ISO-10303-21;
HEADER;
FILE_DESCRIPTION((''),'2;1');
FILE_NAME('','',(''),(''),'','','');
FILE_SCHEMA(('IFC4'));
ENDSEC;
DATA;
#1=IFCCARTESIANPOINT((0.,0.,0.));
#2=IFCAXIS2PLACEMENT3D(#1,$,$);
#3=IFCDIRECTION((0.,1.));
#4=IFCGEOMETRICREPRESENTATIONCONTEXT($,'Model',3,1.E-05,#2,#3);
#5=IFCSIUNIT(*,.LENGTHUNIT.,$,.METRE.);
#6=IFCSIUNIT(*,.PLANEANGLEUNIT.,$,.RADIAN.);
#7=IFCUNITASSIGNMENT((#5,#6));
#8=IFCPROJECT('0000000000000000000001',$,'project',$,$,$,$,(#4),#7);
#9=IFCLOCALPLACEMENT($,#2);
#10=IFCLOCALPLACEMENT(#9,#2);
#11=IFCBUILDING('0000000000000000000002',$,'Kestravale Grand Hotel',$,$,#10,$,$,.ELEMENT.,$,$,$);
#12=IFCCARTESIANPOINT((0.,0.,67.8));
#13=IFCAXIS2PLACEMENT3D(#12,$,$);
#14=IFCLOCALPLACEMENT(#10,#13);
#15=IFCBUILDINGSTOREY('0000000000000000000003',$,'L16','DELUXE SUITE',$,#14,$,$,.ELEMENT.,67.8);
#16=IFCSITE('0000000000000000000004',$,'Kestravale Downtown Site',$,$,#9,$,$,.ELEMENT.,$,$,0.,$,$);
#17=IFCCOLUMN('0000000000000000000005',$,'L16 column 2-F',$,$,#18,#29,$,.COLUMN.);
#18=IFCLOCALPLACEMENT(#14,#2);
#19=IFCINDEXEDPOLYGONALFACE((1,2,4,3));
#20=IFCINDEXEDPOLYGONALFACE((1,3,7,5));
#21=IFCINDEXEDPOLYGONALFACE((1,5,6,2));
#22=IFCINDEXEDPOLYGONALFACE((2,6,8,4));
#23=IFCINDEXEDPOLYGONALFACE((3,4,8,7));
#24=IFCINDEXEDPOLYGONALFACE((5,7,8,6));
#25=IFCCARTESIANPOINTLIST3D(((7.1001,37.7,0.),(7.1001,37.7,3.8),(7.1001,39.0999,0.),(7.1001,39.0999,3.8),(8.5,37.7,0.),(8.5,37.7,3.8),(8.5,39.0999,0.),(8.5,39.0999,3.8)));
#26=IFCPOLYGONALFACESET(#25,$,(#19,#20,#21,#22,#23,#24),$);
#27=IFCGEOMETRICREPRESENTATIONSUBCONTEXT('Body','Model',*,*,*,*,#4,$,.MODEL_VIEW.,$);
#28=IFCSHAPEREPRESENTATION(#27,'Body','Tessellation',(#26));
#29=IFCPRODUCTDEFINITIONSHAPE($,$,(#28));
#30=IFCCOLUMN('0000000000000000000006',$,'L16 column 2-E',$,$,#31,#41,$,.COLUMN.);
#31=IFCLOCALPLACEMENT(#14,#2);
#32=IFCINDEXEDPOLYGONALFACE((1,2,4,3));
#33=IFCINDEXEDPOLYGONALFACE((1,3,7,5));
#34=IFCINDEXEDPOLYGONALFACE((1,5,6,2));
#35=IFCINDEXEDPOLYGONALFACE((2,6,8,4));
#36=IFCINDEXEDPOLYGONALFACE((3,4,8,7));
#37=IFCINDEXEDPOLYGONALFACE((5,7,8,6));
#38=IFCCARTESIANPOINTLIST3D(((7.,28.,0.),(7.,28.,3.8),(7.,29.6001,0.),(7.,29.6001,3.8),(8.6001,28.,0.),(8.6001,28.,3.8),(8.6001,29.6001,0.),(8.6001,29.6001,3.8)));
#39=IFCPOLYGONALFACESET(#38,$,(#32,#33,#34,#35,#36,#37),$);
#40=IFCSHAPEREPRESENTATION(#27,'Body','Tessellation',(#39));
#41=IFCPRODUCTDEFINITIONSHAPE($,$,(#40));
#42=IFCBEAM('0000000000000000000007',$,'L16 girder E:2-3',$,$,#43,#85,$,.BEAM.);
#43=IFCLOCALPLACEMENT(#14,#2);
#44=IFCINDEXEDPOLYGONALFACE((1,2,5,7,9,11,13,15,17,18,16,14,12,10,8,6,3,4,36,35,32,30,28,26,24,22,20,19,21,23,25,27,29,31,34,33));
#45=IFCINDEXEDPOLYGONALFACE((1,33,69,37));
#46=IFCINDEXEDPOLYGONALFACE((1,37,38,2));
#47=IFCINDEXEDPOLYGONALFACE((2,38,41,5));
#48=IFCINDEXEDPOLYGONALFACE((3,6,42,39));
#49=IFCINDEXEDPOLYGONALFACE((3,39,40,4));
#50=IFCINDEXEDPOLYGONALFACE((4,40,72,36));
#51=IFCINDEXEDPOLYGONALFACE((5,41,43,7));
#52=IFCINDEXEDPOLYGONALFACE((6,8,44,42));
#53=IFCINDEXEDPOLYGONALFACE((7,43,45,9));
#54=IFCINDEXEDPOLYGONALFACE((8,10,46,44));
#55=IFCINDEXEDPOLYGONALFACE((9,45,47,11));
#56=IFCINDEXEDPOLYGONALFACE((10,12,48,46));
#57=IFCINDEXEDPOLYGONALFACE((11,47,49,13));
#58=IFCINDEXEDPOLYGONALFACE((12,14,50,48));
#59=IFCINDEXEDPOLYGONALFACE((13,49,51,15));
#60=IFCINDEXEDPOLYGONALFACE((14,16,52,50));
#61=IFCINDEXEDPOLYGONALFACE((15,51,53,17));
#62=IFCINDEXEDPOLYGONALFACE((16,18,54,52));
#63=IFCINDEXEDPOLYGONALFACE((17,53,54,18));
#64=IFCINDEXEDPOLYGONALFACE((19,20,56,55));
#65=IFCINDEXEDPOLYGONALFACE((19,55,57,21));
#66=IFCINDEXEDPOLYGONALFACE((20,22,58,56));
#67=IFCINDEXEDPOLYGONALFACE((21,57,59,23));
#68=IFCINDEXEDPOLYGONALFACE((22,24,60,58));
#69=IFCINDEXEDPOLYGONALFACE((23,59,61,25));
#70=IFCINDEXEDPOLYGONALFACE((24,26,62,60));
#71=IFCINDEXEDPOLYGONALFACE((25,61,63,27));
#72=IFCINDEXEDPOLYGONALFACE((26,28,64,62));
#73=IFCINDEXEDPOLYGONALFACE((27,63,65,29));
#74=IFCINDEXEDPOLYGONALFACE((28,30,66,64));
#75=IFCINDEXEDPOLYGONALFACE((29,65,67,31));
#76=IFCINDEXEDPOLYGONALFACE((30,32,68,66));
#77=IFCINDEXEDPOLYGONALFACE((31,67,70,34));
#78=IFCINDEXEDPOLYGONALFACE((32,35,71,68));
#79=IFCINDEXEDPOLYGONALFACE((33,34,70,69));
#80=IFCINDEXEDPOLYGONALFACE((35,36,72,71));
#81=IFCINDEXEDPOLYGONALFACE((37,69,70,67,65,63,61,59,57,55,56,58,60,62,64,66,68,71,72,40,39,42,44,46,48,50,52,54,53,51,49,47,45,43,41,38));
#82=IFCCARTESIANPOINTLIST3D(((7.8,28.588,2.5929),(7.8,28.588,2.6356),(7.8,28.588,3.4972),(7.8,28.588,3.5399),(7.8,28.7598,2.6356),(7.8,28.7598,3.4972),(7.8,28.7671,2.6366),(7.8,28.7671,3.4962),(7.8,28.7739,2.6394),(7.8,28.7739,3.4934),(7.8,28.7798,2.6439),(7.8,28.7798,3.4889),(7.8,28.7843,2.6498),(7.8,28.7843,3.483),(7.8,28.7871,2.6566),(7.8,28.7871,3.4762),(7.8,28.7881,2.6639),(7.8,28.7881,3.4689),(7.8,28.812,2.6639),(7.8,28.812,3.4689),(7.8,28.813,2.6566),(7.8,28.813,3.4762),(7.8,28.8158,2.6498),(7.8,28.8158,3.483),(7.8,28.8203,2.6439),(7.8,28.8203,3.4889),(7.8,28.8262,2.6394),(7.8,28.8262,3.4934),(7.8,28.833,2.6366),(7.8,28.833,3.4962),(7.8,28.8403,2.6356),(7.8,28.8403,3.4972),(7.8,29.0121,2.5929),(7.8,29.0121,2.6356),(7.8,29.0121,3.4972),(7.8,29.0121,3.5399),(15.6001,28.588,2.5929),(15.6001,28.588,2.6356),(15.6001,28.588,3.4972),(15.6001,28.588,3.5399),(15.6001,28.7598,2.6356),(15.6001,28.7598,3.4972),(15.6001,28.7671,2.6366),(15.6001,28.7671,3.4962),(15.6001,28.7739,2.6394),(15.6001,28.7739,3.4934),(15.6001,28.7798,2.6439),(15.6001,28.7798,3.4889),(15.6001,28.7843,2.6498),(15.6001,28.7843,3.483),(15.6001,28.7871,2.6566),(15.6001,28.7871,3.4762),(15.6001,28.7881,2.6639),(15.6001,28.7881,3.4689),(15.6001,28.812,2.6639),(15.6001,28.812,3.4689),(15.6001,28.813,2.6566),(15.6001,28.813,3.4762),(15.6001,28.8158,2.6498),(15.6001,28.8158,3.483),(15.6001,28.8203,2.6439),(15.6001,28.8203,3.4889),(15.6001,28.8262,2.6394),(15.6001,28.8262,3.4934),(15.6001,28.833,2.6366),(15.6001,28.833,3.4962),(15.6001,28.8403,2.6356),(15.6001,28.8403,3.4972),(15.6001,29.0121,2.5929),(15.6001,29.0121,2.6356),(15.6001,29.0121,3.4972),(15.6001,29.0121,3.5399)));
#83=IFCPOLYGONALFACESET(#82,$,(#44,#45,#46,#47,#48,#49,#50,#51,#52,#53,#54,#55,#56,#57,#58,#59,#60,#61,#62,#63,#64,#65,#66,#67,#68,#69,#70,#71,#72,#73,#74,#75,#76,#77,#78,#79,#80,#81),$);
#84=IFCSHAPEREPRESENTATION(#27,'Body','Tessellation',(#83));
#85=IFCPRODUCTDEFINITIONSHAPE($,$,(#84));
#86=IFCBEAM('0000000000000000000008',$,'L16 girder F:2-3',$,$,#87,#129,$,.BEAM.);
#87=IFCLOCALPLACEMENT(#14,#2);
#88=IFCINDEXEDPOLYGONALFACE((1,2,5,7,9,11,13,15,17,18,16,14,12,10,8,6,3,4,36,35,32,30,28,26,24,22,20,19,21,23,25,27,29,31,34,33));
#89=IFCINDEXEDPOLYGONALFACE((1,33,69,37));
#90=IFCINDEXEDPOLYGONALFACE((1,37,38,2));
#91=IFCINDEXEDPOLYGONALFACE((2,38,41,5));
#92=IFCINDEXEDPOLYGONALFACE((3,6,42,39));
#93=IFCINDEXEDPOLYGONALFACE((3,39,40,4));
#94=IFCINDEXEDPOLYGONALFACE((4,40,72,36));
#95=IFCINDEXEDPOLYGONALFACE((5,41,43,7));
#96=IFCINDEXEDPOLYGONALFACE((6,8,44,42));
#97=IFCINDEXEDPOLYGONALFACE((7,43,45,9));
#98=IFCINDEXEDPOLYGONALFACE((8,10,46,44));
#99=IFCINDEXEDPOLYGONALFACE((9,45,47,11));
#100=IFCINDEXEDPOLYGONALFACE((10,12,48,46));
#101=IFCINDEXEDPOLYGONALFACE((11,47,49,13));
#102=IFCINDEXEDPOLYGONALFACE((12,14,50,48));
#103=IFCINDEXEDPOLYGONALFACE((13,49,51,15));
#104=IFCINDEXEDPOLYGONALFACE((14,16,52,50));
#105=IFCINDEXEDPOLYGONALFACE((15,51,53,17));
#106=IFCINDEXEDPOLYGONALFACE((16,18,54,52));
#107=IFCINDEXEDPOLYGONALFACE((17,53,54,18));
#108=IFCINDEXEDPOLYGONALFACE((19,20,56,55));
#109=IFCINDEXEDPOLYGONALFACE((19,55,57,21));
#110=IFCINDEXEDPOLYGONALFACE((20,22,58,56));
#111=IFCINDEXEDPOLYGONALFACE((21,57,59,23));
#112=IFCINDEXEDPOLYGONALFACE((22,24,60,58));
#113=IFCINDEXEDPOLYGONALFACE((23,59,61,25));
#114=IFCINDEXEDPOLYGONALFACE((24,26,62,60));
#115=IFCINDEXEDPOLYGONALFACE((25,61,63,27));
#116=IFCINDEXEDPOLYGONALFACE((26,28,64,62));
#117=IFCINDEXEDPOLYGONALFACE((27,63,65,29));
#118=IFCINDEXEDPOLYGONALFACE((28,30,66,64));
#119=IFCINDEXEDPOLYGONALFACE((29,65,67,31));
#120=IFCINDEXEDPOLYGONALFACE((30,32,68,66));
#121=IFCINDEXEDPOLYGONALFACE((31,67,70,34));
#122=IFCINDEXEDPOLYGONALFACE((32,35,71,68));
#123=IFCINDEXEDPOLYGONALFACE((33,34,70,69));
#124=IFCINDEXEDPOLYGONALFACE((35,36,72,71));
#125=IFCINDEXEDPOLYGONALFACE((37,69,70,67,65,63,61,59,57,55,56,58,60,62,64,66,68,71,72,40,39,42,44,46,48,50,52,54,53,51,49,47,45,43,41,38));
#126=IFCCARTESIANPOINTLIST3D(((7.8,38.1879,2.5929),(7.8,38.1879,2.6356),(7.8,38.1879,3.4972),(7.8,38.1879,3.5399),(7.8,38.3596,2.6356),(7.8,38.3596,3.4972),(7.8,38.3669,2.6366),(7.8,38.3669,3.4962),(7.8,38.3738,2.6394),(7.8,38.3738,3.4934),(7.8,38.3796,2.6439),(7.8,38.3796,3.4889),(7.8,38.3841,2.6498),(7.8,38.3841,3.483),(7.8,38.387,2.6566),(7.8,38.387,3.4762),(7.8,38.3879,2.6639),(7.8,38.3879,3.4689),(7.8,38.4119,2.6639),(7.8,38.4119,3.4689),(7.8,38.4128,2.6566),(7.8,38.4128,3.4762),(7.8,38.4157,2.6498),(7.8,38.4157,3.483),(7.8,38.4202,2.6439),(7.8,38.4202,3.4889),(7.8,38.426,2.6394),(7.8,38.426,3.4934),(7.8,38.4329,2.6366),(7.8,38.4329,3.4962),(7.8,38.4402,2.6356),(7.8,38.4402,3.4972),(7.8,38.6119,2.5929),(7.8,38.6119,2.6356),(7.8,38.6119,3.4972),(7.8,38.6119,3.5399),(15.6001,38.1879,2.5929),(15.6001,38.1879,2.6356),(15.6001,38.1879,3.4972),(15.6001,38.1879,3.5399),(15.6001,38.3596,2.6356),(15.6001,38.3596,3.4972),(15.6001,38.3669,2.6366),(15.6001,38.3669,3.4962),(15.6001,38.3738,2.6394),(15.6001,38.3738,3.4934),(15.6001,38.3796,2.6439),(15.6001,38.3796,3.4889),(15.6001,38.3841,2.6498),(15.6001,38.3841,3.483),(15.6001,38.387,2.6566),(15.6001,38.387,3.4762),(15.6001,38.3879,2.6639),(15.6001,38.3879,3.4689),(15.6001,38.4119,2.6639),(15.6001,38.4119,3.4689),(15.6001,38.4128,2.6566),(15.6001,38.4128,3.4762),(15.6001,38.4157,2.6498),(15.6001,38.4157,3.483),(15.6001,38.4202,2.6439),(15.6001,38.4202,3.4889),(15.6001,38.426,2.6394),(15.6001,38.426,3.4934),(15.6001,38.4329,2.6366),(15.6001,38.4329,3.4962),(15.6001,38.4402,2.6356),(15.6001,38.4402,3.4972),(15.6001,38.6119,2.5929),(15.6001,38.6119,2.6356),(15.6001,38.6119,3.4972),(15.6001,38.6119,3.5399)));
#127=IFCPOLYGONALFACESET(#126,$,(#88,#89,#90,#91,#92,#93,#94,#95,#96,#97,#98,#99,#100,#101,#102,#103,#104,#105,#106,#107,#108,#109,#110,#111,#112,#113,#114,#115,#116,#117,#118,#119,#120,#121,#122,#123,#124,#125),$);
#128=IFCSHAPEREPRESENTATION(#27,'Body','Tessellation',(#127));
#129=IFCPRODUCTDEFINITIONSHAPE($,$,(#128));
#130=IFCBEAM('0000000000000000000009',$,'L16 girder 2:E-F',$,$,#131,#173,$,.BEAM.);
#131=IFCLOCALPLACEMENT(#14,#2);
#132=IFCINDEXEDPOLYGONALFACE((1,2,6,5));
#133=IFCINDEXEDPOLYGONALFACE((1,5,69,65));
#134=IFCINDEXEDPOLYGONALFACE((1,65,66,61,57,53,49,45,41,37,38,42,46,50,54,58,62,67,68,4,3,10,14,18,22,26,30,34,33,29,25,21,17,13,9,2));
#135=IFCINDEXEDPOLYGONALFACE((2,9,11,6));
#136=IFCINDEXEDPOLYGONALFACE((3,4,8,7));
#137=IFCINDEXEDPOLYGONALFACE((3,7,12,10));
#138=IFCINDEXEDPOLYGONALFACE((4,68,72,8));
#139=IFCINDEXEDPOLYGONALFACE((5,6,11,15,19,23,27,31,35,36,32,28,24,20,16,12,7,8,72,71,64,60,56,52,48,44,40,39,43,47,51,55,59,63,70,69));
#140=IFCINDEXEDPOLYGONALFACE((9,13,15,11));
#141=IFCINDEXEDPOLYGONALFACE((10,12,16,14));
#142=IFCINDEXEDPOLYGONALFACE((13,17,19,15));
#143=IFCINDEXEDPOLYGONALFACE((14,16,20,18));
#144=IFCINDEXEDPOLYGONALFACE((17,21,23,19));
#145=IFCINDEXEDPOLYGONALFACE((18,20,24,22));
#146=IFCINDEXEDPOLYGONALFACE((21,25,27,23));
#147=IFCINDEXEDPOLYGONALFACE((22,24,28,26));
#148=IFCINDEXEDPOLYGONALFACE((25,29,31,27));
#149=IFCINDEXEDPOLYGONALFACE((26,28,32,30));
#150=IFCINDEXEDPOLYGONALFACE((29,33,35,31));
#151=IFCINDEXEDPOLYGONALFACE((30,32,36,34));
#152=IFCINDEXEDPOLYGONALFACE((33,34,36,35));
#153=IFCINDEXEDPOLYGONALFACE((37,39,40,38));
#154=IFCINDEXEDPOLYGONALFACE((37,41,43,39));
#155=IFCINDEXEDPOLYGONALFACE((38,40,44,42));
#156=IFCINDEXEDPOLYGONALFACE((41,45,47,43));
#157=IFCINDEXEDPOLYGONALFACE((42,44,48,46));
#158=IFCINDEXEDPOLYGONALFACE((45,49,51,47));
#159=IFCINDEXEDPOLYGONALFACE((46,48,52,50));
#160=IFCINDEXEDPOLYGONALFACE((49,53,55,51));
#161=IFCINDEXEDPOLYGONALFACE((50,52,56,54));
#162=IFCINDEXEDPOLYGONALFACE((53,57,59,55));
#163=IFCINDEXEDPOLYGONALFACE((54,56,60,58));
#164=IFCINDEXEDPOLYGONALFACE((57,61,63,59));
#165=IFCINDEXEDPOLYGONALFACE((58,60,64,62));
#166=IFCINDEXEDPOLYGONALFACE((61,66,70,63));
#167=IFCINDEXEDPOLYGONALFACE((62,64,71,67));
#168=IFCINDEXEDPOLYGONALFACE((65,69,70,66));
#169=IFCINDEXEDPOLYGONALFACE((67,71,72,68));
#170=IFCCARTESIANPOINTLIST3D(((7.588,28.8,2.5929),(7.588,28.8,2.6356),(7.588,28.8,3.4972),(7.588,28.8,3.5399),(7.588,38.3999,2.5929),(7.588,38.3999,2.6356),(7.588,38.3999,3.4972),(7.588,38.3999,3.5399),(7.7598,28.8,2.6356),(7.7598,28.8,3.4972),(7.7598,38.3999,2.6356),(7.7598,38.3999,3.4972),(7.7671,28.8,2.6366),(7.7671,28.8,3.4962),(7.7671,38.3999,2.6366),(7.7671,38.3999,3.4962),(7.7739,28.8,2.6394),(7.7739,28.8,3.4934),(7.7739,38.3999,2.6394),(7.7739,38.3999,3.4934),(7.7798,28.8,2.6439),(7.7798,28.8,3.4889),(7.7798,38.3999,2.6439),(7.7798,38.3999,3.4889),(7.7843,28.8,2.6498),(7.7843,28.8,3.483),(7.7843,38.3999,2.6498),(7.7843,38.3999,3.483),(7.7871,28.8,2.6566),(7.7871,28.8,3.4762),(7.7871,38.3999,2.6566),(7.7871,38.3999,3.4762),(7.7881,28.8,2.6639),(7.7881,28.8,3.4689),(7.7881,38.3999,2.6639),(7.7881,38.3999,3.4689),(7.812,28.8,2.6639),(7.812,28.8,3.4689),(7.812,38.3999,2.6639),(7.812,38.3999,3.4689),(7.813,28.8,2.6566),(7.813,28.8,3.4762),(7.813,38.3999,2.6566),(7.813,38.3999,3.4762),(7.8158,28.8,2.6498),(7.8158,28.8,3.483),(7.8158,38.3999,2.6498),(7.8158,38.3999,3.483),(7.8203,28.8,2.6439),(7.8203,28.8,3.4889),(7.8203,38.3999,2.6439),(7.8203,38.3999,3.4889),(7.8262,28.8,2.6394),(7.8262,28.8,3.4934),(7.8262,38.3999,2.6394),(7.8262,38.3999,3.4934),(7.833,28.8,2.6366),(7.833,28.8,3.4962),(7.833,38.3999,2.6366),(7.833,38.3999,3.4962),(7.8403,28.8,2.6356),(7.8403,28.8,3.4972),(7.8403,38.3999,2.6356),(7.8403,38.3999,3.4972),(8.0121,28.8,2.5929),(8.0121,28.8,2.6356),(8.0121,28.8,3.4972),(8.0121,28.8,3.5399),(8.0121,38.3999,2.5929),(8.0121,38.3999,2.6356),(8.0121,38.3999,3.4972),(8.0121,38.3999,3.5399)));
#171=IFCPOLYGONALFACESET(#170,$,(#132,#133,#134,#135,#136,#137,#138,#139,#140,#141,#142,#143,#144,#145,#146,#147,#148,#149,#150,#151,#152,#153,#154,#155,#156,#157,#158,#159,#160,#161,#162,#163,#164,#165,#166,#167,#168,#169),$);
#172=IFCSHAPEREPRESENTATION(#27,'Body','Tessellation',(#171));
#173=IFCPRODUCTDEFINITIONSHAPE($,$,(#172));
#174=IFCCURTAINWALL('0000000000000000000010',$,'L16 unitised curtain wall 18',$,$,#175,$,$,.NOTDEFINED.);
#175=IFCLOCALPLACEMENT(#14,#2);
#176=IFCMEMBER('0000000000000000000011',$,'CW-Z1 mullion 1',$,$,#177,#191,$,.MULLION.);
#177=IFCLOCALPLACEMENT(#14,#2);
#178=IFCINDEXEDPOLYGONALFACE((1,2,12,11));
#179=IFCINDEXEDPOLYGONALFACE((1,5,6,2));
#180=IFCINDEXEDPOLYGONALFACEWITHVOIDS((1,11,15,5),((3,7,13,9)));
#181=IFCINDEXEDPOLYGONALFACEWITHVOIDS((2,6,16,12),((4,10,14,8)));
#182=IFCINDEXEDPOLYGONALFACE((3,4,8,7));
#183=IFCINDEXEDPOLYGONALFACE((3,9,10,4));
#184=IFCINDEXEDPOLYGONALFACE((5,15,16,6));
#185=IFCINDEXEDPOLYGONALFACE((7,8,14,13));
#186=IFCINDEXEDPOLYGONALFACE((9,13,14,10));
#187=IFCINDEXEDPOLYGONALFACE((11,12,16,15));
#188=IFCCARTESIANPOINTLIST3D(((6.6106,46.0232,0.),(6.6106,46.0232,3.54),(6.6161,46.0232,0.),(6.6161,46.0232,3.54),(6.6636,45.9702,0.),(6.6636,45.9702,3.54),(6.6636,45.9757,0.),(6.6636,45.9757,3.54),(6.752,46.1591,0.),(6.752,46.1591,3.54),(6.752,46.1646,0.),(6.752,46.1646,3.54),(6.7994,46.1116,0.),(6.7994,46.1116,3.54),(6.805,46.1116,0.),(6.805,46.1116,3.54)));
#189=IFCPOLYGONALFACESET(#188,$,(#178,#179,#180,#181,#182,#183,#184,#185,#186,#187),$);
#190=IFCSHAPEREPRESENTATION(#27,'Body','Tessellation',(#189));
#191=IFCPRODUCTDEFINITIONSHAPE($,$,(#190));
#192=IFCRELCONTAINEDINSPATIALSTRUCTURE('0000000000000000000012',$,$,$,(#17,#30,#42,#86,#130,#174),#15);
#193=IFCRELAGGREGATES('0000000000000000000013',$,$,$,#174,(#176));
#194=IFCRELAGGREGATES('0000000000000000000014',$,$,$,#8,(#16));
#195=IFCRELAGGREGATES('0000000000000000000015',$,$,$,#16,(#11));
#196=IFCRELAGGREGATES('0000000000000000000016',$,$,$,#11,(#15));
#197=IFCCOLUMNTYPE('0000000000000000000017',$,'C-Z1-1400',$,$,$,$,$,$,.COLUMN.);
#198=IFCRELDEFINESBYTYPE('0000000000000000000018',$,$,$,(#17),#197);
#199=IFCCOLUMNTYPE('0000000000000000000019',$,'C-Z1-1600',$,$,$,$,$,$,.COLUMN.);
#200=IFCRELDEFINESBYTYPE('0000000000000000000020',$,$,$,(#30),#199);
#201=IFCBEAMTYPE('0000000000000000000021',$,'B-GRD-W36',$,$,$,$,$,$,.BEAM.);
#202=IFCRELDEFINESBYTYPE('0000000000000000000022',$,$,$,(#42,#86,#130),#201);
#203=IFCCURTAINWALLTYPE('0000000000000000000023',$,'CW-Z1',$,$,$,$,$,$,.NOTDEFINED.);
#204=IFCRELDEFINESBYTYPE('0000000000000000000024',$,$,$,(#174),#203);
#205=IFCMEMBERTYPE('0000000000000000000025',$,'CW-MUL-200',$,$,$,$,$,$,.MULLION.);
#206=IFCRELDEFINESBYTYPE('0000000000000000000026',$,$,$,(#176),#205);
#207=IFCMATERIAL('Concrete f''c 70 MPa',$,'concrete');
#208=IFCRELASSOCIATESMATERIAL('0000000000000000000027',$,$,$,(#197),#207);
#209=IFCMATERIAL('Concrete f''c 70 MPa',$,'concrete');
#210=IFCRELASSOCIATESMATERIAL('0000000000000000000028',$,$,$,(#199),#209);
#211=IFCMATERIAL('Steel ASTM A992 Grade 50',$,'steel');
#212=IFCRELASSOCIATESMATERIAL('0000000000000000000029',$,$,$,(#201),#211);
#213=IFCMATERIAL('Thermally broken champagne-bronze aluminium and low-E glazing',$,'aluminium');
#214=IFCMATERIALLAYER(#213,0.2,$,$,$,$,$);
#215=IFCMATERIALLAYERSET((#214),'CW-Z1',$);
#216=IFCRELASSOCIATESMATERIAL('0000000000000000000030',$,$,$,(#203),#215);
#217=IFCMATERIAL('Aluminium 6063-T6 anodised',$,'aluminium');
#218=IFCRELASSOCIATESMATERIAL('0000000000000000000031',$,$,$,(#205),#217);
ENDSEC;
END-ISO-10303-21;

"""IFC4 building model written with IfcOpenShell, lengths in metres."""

from ifc_helpers import new_model, si_unit, direction, frame, origin, origin_2d, place, context, subcontext, project, spatial, rectangle, hollow_rectangle, i_section, extrude, material, layer, layer_set, material_profile, profile_set, type_object, element, aggregate, save


model = new_model("IFC4")

# Units and contexts
model_context = context("Model", 3, precision=1e-05, world=origin(), true_north=direction((0.0, 1.0)))
body_context = subcontext(model_context, "Body", "Model", "MODEL_VIEW")
ifc_project = project(units=[si_unit("LENGTHUNIT", "METRE"), si_unit("PLANEANGLEUNIT", "RADIAN")], contexts=[model_context])

# Site, building, storey
site_placement = place(None, origin())
site = spatial("IfcSite", under=ifc_project, at=site_placement, Name="Kestravale Downtown Site", CompositionType="ELEMENT", RefElevation=0.0)
building_placement = place(site_placement, origin())
building = spatial("IfcBuilding", under=site, at=building_placement, Name="Kestravale Grand Hotel", CompositionType="ELEMENT")
storey_placement = place(building_placement, frame((0.0, 0.0, 67.8)))
storey = spatial("IfcBuildingStorey", under=building, at=storey_placement, Name="L16", Description="DELUXE SUITE", CompositionType="ELEMENT", Elevation=67.8)

# Columns
ifc_material_1 = material(Name="Concrete f'c 70 MPa", Category="concrete")
ifc_material_profile_1 = material_profile(ifc_material_1, rectangle(XDim=1.3999, YDim=1.3999, at=origin_2d()))
ifc_profile_set_1 = profile_set([ifc_material_profile_1], Name="Concrete f'c 70 MPa")
column_type_1 = type_object("IfcColumnType", Name="C-Z1-1400", PredefinedType="COLUMN", material=ifc_profile_set_1)
column_1_placement = place(storey_placement, frame((7.8, 38.3999, 0.0), z_axis=(0.0, 0.0, 1.0), x_axis=(1.0, 0.0, 0.0)))
element("IfcColumn", 1, at=column_1_placement, inside=storey, type_object=column_type_1, Name="L16 column 2-F", PredefinedType="COLUMN", context=body_context, shape_type="SweptSolid", body=[
    extrude(rectangle(XDim=1.3999, YDim=1.3999, at=origin_2d()), origin(), (0.0, 0.0, 1.0), 3.8),
])
ifc_material_2 = material(Name="Concrete f'c 70 MPa", Category="concrete")
ifc_material_profile_2 = material_profile(ifc_material_2, rectangle(XDim=1.6001, YDim=1.6001, at=origin_2d()))
ifc_profile_set_2 = profile_set([ifc_material_profile_2], Name="Concrete f'c 70 MPa")
column_type_2 = type_object("IfcColumnType", Name="C-Z1-1600", PredefinedType="COLUMN", material=ifc_profile_set_2)
column_2_placement = place(storey_placement, frame((7.8, 28.8, 0.0), z_axis=(0.0, 0.0, 1.0), x_axis=(1.0, 0.0, 0.0)))
element("IfcColumn", 2, at=column_2_placement, inside=storey, type_object=column_type_2, Name="L16 column 2-E", PredefinedType="COLUMN", context=body_context, shape_type="SweptSolid", body=[
    extrude(rectangle(XDim=1.6001, YDim=1.6001, at=origin_2d()), origin(), (0.0, 0.0, 1.0), 3.8),
])

# Beams
ifc_material_3 = material(Name="Steel ASTM A992 Grade 50", Category="steel")
ifc_material_profile_3 = material_profile(ifc_material_3, i_section(OverallWidth=0.4241, OverallDepth=0.947, WebThickness=0.0239, FlangeThickness=0.0427, FilletRadius=0.0283, at=origin_2d()))
ifc_profile_set_3 = profile_set([ifc_material_profile_3], Name="Steel ASTM A992 Grade 50")
beam_type = type_object("IfcBeamType", Name="B-GRD-W36", PredefinedType="BEAM", material=ifc_profile_set_3)
for number, where, z_axis, x_axis, name in (
    (3, (7.8, 28.8, 3.0664), (1.0, 0.0, 0.0), (0.0, 1.0, 0.0), "L16 girder E:2-3"),
    (4, (7.8, 38.3999, 3.0664), (1.0, 0.0, 0.0), (0.0, 1.0, 0.0), "L16 girder F:2-3"),
):
    element("IfcBeam", number, at=place(storey_placement, frame(where, z_axis=z_axis, x_axis=x_axis)), inside=storey, type_object=beam_type, Name=name, PredefinedType="BEAM", context=body_context, shape_type="SweptSolid", body=[
        extrude(i_section(OverallWidth=0.4241, OverallDepth=0.947, WebThickness=0.0239, FlangeThickness=0.0427, FilletRadius=0.0283, at=origin_2d()), origin(), (0.0, 0.0, 1.0), 7.8),
    ])
beam_placement = place(storey_placement, frame((7.8, 28.8, 3.0664), z_axis=(0.0, 1.0, 0.0), x_axis=(-1.0, 0.0, 0.0)))
element("IfcBeam", 5, at=beam_placement, inside=storey, type_object=beam_type, Name="L16 girder 2:E-F", PredefinedType="BEAM", context=body_context, shape_type="SweptSolid", body=[
    extrude(i_section(OverallWidth=0.4241, OverallDepth=0.947, WebThickness=0.0239, FlangeThickness=0.0427, FilletRadius=0.0283, at=origin_2d()), origin(), (0.0, 0.0, 1.0), 9.5999),
])

# Curtain wall, member
ifc_material_4 = material(Name="Thermally broken champagne-bronze aluminium and low-E glazing", Category="aluminium")
ifc_layer_1 = layer(ifc_material_4, 0.2)
ifc_layer_set_1 = layer_set([ifc_layer_1], Name="CW-Z1")
curtain_wall_type = type_object("IfcCurtainWallType", Name="CW-Z1", PredefinedType="NOTDEFINED", material=ifc_layer_set_1)
curtain_wall_placement = place(storey_placement, origin())
curtain_wall = element("IfcCurtainWall", 6, at=curtain_wall_placement, inside=storey, type_object=curtain_wall_type, Name="L16 unitised curtain wall 18", PredefinedType="NOTDEFINED")
ifc_material_5 = material(Name="Aluminium 6063-T6 anodised", Category="aluminium")
ifc_material_profile_4 = material_profile(ifc_material_5, hollow_rectangle(XDim=0.075, YDim=0.2, WallThickness=0.0039, at=origin_2d()))
ifc_profile_set_4 = profile_set([ifc_material_profile_4], Name="Aluminium 6063-T6 anodised")
member_type_1 = type_object("IfcMemberType", Name="CW-MUL-200", PredefinedType="MULLION", material=ifc_profile_set_4)
member_1_placement = place(storey_placement, frame((6.7078, 46.0674, 0.0), z_axis=(0.0, 0.0, 1.0), x_axis=(0.707107, -0.707107, 0.0)))
member_1 = element("IfcMember", 7, at=member_1_placement, type_object=member_type_1, Name="CW-Z1 mullion 1", PredefinedType="MULLION", context=body_context, shape_type="SweptSolid", body=[
    extrude(hollow_rectangle(XDim=0.075, YDim=0.2, WallThickness=0.0039, at=origin_2d()), origin(), (0.0, 0.0, 1.0), 3.54),
])
aggregate(curtain_wall, [member_1])

save(model, "model.ifc")
